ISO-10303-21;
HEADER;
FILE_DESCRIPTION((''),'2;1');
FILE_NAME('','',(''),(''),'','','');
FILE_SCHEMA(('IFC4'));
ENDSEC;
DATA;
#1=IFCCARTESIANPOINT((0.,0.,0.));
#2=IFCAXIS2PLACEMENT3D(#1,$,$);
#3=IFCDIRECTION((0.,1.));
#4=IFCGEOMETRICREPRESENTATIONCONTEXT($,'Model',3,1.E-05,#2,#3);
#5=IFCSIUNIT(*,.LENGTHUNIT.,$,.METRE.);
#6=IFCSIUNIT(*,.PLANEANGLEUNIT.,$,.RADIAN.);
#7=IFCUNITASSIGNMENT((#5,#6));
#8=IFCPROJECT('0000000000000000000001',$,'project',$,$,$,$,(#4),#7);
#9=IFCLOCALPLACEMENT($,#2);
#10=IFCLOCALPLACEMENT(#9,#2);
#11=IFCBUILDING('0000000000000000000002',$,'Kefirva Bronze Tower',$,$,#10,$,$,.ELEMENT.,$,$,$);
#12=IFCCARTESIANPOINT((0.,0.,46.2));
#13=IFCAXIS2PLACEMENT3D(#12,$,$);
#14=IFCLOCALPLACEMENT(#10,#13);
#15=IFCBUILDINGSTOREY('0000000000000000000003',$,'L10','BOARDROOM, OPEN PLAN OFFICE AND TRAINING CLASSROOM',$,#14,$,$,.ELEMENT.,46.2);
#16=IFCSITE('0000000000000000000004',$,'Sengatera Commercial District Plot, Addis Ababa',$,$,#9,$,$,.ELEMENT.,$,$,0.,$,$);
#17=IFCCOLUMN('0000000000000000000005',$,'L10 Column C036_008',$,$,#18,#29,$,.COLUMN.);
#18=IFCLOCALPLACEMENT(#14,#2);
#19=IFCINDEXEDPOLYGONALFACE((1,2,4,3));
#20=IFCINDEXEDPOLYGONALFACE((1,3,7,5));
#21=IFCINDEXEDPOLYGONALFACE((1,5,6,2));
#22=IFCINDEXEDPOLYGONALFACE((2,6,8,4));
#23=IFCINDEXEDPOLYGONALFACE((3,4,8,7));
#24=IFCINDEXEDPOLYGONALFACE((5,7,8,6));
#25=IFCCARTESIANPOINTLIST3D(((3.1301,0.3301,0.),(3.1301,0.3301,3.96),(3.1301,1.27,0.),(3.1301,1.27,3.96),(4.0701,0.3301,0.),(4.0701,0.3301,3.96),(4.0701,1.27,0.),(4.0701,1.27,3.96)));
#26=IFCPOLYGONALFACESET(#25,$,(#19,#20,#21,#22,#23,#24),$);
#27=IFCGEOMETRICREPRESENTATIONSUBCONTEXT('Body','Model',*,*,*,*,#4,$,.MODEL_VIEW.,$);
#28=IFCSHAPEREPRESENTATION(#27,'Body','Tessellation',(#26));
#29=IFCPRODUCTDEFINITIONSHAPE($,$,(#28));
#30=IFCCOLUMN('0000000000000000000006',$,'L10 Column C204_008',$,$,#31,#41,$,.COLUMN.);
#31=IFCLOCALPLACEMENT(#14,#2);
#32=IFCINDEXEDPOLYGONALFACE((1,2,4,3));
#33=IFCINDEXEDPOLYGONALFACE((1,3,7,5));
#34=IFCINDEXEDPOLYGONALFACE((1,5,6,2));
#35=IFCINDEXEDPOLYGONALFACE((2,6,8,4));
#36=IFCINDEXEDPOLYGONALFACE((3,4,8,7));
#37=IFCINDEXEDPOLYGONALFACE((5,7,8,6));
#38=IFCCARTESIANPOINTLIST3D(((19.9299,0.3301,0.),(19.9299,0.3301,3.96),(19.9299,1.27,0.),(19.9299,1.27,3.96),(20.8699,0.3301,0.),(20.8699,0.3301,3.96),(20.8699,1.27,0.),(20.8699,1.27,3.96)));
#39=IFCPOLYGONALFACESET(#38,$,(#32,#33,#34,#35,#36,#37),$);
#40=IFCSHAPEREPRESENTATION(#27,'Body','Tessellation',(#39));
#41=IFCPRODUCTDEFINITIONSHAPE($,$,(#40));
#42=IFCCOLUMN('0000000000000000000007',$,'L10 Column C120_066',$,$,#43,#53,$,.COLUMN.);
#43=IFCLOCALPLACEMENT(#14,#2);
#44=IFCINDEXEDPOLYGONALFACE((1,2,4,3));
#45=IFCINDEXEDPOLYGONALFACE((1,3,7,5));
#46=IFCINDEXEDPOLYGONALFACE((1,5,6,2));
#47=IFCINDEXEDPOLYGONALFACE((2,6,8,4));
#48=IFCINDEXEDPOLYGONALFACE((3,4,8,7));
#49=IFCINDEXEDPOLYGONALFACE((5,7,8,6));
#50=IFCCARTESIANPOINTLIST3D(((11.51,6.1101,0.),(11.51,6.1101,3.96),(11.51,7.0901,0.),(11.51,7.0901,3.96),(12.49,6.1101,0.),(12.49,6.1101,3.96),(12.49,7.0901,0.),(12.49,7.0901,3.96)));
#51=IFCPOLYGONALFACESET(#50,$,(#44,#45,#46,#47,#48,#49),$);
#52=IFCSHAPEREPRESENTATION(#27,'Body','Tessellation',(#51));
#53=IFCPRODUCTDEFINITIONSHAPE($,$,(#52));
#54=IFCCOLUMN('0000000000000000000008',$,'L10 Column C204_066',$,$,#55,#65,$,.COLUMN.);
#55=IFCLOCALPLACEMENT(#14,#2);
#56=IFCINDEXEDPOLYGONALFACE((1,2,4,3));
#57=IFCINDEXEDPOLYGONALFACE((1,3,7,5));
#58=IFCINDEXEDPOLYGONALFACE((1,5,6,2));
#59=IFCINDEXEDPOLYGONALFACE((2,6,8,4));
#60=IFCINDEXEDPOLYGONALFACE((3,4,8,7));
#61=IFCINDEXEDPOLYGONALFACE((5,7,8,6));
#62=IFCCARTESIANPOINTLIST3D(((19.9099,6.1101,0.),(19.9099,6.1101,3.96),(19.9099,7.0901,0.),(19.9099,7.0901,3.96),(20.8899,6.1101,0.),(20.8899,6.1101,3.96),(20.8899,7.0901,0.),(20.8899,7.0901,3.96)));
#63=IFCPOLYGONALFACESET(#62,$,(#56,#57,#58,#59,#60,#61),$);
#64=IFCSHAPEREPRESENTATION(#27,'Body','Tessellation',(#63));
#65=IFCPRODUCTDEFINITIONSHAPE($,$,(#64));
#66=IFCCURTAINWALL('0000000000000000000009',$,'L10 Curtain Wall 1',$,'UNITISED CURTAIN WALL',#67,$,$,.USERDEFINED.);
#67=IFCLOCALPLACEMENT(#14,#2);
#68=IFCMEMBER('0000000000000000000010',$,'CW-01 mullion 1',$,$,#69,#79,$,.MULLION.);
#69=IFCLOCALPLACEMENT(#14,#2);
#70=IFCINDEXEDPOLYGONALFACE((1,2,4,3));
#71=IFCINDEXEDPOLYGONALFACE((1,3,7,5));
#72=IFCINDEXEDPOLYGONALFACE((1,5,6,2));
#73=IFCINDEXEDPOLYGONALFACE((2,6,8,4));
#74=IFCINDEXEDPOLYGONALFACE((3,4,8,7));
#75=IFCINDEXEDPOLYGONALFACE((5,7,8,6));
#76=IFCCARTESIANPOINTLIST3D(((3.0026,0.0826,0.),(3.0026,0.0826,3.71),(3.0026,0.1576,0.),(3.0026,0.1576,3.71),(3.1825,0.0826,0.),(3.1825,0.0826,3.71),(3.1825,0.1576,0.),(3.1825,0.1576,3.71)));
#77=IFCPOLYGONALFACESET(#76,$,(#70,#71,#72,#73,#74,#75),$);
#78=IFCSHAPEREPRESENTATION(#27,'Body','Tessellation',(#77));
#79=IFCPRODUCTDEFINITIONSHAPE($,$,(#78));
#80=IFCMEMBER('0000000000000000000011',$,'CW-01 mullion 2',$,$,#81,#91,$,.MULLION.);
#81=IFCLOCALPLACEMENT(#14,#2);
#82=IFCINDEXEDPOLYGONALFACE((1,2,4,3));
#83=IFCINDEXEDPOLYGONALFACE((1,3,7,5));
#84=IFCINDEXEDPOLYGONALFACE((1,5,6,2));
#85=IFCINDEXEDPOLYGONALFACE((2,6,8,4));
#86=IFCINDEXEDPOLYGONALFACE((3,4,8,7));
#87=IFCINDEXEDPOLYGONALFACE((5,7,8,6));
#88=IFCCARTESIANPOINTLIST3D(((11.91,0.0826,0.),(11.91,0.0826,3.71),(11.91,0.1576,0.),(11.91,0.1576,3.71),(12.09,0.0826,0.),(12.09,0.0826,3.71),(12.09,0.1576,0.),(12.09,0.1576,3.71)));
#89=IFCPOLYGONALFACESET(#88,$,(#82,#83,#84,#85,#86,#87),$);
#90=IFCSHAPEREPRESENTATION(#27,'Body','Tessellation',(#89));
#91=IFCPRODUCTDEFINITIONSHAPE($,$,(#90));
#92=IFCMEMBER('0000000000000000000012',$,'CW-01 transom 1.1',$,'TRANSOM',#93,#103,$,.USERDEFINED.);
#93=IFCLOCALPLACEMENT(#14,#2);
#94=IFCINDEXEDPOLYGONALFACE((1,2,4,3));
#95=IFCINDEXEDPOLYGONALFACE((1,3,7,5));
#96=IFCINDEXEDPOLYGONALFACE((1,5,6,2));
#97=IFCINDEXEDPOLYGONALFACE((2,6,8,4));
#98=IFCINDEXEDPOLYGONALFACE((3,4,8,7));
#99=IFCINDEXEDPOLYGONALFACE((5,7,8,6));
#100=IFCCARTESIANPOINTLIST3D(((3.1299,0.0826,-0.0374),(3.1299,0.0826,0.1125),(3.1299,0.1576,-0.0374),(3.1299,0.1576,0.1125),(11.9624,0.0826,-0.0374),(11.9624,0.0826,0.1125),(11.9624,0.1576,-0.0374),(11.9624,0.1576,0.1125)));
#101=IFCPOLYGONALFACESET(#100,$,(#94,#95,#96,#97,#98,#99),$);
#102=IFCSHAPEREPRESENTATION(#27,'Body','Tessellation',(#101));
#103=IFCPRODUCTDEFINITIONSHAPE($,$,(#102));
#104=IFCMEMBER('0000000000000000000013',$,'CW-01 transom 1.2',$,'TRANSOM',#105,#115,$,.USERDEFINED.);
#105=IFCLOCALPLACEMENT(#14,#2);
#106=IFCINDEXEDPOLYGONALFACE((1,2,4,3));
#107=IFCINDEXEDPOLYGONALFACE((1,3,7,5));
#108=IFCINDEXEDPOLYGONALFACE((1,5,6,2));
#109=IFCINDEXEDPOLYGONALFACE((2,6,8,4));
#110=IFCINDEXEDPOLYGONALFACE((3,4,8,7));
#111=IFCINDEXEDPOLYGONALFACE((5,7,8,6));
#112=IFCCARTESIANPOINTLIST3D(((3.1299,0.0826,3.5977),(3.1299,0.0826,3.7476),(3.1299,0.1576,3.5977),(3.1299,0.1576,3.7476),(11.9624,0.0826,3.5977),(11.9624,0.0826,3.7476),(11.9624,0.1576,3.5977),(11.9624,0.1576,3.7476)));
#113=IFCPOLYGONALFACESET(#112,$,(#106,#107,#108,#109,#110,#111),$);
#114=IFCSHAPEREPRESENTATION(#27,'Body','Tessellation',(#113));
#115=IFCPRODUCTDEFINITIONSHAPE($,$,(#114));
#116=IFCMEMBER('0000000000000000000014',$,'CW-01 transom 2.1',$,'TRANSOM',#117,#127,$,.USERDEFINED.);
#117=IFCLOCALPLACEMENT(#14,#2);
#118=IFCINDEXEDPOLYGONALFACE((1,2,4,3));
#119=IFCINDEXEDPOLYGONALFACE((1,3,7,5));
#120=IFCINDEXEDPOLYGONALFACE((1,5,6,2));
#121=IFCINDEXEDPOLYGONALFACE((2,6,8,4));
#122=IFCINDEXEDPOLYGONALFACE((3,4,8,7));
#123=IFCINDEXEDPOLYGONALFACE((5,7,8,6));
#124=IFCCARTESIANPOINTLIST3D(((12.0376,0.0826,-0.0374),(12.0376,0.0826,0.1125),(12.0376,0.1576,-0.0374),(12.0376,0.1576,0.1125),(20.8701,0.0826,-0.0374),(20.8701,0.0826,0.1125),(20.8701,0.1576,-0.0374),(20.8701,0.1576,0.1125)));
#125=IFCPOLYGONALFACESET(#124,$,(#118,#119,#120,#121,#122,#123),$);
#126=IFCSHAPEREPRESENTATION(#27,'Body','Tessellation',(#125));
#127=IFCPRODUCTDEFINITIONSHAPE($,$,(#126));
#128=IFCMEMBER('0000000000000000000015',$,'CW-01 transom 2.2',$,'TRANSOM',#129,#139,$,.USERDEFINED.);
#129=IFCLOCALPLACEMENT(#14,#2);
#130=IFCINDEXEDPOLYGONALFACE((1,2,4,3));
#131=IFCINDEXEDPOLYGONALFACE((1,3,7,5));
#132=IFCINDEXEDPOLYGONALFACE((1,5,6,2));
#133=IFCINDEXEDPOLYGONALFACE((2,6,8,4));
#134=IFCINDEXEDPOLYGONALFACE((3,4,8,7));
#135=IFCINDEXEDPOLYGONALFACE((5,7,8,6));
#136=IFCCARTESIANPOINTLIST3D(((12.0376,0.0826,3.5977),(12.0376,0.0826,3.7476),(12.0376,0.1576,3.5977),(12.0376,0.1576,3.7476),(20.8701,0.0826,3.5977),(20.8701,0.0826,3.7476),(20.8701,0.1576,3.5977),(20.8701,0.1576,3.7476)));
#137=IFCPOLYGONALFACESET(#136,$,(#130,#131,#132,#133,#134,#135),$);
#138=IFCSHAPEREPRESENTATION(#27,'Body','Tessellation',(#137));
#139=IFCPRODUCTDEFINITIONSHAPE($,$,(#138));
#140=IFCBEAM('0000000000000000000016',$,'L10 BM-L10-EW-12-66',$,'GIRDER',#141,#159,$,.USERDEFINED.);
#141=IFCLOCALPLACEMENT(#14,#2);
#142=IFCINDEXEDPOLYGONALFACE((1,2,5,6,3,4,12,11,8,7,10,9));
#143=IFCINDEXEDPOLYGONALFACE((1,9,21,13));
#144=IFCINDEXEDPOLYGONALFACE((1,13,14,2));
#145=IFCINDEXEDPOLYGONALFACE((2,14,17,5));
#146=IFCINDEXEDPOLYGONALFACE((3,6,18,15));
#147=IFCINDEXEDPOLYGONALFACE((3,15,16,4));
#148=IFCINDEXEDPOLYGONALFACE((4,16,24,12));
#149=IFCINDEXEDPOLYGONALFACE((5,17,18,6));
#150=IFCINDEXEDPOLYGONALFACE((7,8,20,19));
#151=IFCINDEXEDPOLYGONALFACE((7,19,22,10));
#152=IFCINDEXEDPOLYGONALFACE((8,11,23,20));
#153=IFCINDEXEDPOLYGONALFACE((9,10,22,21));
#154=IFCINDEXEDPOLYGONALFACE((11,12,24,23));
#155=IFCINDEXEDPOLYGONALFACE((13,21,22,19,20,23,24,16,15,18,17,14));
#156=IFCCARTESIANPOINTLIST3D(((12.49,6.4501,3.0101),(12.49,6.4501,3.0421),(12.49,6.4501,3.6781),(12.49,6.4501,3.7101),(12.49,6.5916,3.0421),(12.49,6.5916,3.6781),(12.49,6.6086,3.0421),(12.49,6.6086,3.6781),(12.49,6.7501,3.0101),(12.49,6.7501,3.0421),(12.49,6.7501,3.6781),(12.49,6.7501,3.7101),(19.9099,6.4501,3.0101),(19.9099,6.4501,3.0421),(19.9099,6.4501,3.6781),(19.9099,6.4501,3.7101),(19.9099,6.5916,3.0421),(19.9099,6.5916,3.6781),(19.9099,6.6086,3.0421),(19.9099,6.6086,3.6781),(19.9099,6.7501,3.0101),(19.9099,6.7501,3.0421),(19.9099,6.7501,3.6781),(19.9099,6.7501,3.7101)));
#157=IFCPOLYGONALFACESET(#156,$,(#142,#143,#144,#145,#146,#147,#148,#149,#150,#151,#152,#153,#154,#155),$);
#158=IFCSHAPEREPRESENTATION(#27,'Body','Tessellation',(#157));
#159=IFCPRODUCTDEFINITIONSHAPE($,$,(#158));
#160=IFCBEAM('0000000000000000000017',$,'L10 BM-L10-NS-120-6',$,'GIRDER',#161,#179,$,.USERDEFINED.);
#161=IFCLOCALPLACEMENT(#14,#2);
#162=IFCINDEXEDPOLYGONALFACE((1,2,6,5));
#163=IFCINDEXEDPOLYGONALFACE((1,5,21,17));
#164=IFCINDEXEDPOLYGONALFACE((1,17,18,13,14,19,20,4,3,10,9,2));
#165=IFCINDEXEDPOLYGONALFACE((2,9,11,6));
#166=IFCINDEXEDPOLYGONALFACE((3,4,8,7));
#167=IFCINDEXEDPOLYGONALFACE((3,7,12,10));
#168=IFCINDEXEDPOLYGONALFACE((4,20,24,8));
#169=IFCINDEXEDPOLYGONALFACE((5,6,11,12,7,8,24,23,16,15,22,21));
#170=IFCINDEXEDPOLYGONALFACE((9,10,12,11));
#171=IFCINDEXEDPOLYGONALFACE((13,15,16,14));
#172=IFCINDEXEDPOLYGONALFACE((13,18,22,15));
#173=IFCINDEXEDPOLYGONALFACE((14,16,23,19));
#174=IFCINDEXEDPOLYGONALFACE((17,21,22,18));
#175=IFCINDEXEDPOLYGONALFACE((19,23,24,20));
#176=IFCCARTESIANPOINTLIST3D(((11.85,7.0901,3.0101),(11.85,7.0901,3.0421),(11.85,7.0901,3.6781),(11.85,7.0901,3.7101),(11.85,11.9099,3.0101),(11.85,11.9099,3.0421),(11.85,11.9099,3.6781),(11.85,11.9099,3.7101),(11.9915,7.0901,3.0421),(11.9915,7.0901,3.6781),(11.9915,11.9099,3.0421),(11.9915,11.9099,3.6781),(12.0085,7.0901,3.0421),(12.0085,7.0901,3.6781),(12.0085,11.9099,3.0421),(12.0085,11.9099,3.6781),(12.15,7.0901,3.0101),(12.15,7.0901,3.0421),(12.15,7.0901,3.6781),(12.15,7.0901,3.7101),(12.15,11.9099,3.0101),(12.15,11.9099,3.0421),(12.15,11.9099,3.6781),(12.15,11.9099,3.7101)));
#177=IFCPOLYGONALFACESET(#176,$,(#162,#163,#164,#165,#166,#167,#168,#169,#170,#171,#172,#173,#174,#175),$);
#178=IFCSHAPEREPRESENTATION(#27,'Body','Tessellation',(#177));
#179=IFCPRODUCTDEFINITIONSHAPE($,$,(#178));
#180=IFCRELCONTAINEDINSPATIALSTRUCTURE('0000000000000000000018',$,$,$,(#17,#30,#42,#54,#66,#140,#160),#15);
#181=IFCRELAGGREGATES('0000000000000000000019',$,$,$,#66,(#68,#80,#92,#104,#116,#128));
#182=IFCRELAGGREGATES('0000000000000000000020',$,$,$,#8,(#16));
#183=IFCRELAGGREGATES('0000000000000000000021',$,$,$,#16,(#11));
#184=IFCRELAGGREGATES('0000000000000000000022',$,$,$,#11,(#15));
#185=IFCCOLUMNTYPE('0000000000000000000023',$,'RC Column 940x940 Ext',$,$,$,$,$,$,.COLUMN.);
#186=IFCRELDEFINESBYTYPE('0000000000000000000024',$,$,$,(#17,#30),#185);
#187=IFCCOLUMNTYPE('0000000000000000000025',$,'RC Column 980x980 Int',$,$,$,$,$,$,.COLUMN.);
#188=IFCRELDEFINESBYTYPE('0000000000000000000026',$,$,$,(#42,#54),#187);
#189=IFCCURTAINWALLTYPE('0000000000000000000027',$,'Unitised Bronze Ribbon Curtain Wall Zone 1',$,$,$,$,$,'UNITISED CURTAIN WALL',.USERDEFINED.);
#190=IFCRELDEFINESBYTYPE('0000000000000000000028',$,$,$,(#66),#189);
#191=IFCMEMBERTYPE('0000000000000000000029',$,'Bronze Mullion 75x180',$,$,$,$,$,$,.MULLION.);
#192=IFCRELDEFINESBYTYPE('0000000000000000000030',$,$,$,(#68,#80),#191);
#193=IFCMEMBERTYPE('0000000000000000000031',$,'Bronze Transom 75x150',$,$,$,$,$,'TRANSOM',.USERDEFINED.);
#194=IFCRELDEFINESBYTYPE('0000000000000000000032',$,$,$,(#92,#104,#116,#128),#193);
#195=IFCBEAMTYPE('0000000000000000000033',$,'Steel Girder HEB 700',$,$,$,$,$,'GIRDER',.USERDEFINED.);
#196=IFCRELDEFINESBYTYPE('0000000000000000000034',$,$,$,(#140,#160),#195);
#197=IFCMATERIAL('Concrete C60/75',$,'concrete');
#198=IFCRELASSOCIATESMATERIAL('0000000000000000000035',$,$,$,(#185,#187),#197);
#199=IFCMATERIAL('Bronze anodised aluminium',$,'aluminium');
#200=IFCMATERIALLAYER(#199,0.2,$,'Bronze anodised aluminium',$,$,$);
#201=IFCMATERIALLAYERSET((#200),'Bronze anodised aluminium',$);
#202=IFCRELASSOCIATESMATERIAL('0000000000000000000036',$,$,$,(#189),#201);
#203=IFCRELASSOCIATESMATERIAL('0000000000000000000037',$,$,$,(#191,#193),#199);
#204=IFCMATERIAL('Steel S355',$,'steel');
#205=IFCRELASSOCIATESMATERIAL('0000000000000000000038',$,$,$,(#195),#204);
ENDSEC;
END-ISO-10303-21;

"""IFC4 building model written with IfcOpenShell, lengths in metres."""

from ifc_helpers import new_model, si_unit, direction, frame, origin, origin_2d, place, context, subcontext, project, spatial, rectangle, i_section, extrude, material, layer, layer_set, material_profile, profile_set, type_object, element, aggregate, save


model = new_model("IFC4")

# Units and contexts
model_context = context("Model", 3, precision=1e-05, world=origin(), true_north=direction((0.0, 1.0)))
body_context = subcontext(model_context, "Body", "Model", "MODEL_VIEW")
ifc_project = project(units=[si_unit("LENGTHUNIT", "METRE"), si_unit("PLANEANGLEUNIT", "RADIAN")], contexts=[model_context])

# Site, building, storey
site_placement = place(None, origin())
site = spatial("IfcSite", under=ifc_project, at=site_placement, Name="Sengatera Commercial District Plot, Addis Ababa", CompositionType="ELEMENT", RefElevation=0.0)
building_placement = place(site_placement, origin())
building = spatial("IfcBuilding", under=site, at=building_placement, Name="Kefirva Bronze Tower", CompositionType="ELEMENT")
storey_placement = place(building_placement, frame((0.0, 0.0, 46.2)))
storey = spatial("IfcBuildingStorey", under=building, at=storey_placement, Name="L10", Description="BOARDROOM, OPEN PLAN OFFICE AND TRAINING CLASSROOM", CompositionType="ELEMENT", Elevation=46.2)

# Columns
ifc_material_1 = material(Name="Concrete C60/75", Category="concrete")
ifc_material_profile_1 = material_profile(ifc_material_1, rectangle(XDim=0.9399, YDim=0.9399, at=origin_2d()), Name="RC 940x940")
ifc_profile_set_1 = profile_set([ifc_material_profile_1], Name="Concrete C60/75")
column_type_1 = type_object("IfcColumnType", Name="RC Column 940x940 Ext", PredefinedType="COLUMN", material=ifc_profile_set_1)
for number, where, z_axis, x_axis, name in (
    (1, (3.6001, 0.8, 0.0), (0.0, 0.0, 1.0), (1.0, 0.0, 0.0), "L10 Column C036_008"),
    (2, (20.3999, 0.8, 0.0), (0.0, 0.0, 1.0), (1.0, 0.0, 0.0), "L10 Column C204_008"),
):
    element("IfcColumn", number, at=place(storey_placement, frame(where, z_axis=z_axis, x_axis=x_axis)), inside=storey, type_object=column_type_1, Name=name, PredefinedType="COLUMN", context=body_context, shape_type="SweptSolid", body=[
        extrude(rectangle(XDim=0.9399, YDim=0.9399, at=origin_2d()), origin(), (0.0, 0.0, 1.0), 3.96),
    ])
ifc_material_profile_2 = material_profile(ifc_material_1, rectangle(XDim=0.98, YDim=0.98, at=origin_2d()), Name="RC 980x980")
ifc_profile_set_2 = profile_set([ifc_material_profile_2], Name="Concrete C60/75")
column_type_2 = type_object("IfcColumnType", Name="RC Column 980x980 Int", PredefinedType="COLUMN", material=ifc_profile_set_2)
for number, where, z_axis, x_axis, name in (
    (3, (12.0, 6.6001, 0.0), (0.0, 0.0, 1.0), (1.0, 0.0, 0.0), "L10 Column C120_066"),
    (4, (20.3999, 6.6001, 0.0), (0.0, 0.0, 1.0), (1.0, 0.0, 0.0), "L10 Column C204_066"),
):
    element("IfcColumn", number, at=place(storey_placement, frame(where, z_axis=z_axis, x_axis=x_axis)), inside=storey, type_object=column_type_2, Name=name, PredefinedType="COLUMN", context=body_context, shape_type="SweptSolid", body=[
        extrude(rectangle(XDim=0.98, YDim=0.98, at=origin_2d()), origin(), (0.0, 0.0, 1.0), 3.96),
    ])

# Curtain wall, members
ifc_material_2 = material(Name="Bronze anodised aluminium", Category="aluminium")
ifc_layer_1 = layer(ifc_material_2, 0.2, Name="Bronze anodised aluminium")
ifc_layer_set_1 = layer_set([ifc_layer_1], Name="Bronze anodised aluminium")
curtain_wall_type = type_object("IfcCurtainWallType", Name="Unitised Bronze Ribbon Curtain Wall Zone 1", ElementType="UNITISED CURTAIN WALL", PredefinedType="USERDEFINED", material=ifc_layer_set_1)
curtain_wall_placement = place(storey_placement, origin())
curtain_wall = element("IfcCurtainWall", 5, at=curtain_wall_placement, inside=storey, type_object=curtain_wall_type, Name="L10 Curtain Wall 1", ObjectType="UNITISED CURTAIN WALL", PredefinedType="USERDEFINED")
ifc_material_profile_3 = material_profile(ifc_material_2, rectangle(XDim=0.075, YDim=0.1799, at=origin_2d()), Name="ALU 75x180")
ifc_profile_set_3 = profile_set([ifc_material_profile_3], Name="Bronze anodised aluminium")
member_type_1 = type_object("IfcMemberType", Name="Bronze Mullion 75x180", PredefinedType="MULLION", material=ifc_profile_set_3)
member_1_placement = place(storey_placement, frame((3.0925, 0.1201, 0.0), z_axis=(0.0, 0.0, 1.0), x_axis=(0.0, 1.0, 0.0)))
member_1 = element("IfcMember", 6, at=member_1_placement, type_object=member_type_1, Name="CW-01 mullion 1", PredefinedType="MULLION", context=body_context, shape_type="SweptSolid", body=[
    extrude(rectangle(XDim=0.075, YDim=0.1799, at=origin_2d()), origin(), (0.0, 0.0, 1.0), 3.71),
])
member_2_placement = place(storey_placement, frame((12.0, 0.1201, 0.0), z_axis=(0.0, 0.0, 1.0), x_axis=(0.0, 1.0, 0.0)))
member_2 = element("IfcMember", 7, at=member_2_placement, type_object=member_type_1, Name="CW-01 mullion 2", PredefinedType="MULLION", context=body_context, shape_type="SweptSolid", body=[
    extrude(rectangle(XDim=0.075, YDim=0.1799, at=origin_2d()), origin(), (0.0, 0.0, 1.0), 3.71),
])
ifc_material_profile_4 = material_profile(ifc_material_2, rectangle(XDim=0.075, YDim=0.1499, at=origin_2d()), Name="ALU 75x150")
ifc_profile_set_4 = profile_set([ifc_material_profile_4], Name="Bronze anodised aluminium")
member_type_2 = type_object("IfcMemberType", Name="Bronze Transom 75x150", ElementType="TRANSOM", PredefinedType="USERDEFINED", material=ifc_profile_set_4)
member_3_placement = place(storey_placement, frame((3.1299, 0.1201, 0.0376), z_axis=(1.0, 0.0, 0.0), x_axis=(0.0, 1.0, 0.0)))
member_3 = element("IfcMember", 8, at=member_3_placement, type_object=member_type_2, Name="CW-01 transom 1.1", ObjectType="TRANSOM", PredefinedType="USERDEFINED", context=body_context, shape_type="SweptSolid", body=[
    extrude(rectangle(XDim=0.075, YDim=0.1499, at=origin_2d()), origin(), (0.0, 0.0, 1.0), 8.8325),
])
member_4_placement = place(storey_placement, frame((3.1299, 0.1201, 3.6726), z_axis=(1.0, 0.0, 0.0), x_axis=(0.0, 1.0, 0.0)))
member_4 = element("IfcMember", 9, at=member_4_placement, type_object=member_type_2, Name="CW-01 transom 1.2", ObjectType="TRANSOM", PredefinedType="USERDEFINED", context=body_context, shape_type="SweptSolid", body=[
    extrude(rectangle(XDim=0.075, YDim=0.1499, at=origin_2d()), origin(), (0.0, 0.0, 1.0), 8.8325),
])
member_5_placement = place(storey_placement, frame((12.0376, 0.1201, 0.0376), z_axis=(1.0, 0.0, 0.0), x_axis=(0.0, 1.0, 0.0)))
member_5 = element("IfcMember", 10, at=member_5_placement, type_object=member_type_2, Name="CW-01 transom 2.1", ObjectType="TRANSOM", PredefinedType="USERDEFINED", context=body_context, shape_type="SweptSolid", body=[
    extrude(rectangle(XDim=0.075, YDim=0.1499, at=origin_2d()), origin(), (0.0, 0.0, 1.0), 8.8325),
])
member_6_placement = place(storey_placement, frame((12.0376, 0.1201, 3.6726), z_axis=(1.0, 0.0, 0.0), x_axis=(0.0, 1.0, 0.0)))
member_6 = element("IfcMember", 11, at=member_6_placement, type_object=member_type_2, Name="CW-01 transom 2.2", ObjectType="TRANSOM", PredefinedType="USERDEFINED", context=body_context, shape_type="SweptSolid", body=[
    extrude(rectangle(XDim=0.075, YDim=0.1499, at=origin_2d()), origin(), (0.0, 0.0, 1.0), 8.8325),
])

# Beams
ifc_material_3 = material(Name="Steel S355", Category="steel")
ifc_material_profile_5 = material_profile(ifc_material_3, i_section(OverallWidth=0.3, OverallDepth=0.7, WebThickness=0.0171, FlangeThickness=0.032, at=origin_2d()), Name="HEB 700")
ifc_profile_set_5 = profile_set([ifc_material_profile_5], Name="Steel S355")
beam_type_1 = type_object("IfcBeamType", Name="Steel Girder HEB 700", ElementType="GIRDER", PredefinedType="USERDEFINED", material=ifc_profile_set_5)
beam_1_placement = place(storey_placement, frame((12.49, 6.6001, 3.3601), z_axis=(1.0, 0.0, 0.0), x_axis=(0.0, 1.0, 0.0)))
element("IfcBeam", 12, at=beam_1_placement, inside=storey, type_object=beam_type_1, Name="L10 BM-L10-EW-12-66", ObjectType="GIRDER", PredefinedType="USERDEFINED", context=body_context, shape_type="SweptSolid", body=[
    extrude(i_section(OverallWidth=0.3, OverallDepth=0.7, WebThickness=0.0171, FlangeThickness=0.032, at=origin_2d()), origin(), (0.0, 0.0, 1.0), 7.4199),
])
beam_2_placement = place(storey_placement, frame((12.0, 7.0901, 3.3601), z_axis=(0.0, 1.0, 0.0), x_axis=(-1.0, 0.0, 0.0)))
element("IfcBeam", 13, at=beam_2_placement, inside=storey, type_object=beam_type_1, Name="L10 BM-L10-NS-120-6", ObjectType="GIRDER", PredefinedType="USERDEFINED", context=body_context, shape_type="SweptSolid", body=[
    extrude(i_section(OverallWidth=0.3, OverallDepth=0.7, WebThickness=0.0171, FlangeThickness=0.032, at=origin_2d()), origin(), (0.0, 0.0, 1.0), 4.8198),
])

aggregate(curtain_wall, [member_1, member_2, member_3, member_4, member_5, member_6])

save(model, "model.ifc")
